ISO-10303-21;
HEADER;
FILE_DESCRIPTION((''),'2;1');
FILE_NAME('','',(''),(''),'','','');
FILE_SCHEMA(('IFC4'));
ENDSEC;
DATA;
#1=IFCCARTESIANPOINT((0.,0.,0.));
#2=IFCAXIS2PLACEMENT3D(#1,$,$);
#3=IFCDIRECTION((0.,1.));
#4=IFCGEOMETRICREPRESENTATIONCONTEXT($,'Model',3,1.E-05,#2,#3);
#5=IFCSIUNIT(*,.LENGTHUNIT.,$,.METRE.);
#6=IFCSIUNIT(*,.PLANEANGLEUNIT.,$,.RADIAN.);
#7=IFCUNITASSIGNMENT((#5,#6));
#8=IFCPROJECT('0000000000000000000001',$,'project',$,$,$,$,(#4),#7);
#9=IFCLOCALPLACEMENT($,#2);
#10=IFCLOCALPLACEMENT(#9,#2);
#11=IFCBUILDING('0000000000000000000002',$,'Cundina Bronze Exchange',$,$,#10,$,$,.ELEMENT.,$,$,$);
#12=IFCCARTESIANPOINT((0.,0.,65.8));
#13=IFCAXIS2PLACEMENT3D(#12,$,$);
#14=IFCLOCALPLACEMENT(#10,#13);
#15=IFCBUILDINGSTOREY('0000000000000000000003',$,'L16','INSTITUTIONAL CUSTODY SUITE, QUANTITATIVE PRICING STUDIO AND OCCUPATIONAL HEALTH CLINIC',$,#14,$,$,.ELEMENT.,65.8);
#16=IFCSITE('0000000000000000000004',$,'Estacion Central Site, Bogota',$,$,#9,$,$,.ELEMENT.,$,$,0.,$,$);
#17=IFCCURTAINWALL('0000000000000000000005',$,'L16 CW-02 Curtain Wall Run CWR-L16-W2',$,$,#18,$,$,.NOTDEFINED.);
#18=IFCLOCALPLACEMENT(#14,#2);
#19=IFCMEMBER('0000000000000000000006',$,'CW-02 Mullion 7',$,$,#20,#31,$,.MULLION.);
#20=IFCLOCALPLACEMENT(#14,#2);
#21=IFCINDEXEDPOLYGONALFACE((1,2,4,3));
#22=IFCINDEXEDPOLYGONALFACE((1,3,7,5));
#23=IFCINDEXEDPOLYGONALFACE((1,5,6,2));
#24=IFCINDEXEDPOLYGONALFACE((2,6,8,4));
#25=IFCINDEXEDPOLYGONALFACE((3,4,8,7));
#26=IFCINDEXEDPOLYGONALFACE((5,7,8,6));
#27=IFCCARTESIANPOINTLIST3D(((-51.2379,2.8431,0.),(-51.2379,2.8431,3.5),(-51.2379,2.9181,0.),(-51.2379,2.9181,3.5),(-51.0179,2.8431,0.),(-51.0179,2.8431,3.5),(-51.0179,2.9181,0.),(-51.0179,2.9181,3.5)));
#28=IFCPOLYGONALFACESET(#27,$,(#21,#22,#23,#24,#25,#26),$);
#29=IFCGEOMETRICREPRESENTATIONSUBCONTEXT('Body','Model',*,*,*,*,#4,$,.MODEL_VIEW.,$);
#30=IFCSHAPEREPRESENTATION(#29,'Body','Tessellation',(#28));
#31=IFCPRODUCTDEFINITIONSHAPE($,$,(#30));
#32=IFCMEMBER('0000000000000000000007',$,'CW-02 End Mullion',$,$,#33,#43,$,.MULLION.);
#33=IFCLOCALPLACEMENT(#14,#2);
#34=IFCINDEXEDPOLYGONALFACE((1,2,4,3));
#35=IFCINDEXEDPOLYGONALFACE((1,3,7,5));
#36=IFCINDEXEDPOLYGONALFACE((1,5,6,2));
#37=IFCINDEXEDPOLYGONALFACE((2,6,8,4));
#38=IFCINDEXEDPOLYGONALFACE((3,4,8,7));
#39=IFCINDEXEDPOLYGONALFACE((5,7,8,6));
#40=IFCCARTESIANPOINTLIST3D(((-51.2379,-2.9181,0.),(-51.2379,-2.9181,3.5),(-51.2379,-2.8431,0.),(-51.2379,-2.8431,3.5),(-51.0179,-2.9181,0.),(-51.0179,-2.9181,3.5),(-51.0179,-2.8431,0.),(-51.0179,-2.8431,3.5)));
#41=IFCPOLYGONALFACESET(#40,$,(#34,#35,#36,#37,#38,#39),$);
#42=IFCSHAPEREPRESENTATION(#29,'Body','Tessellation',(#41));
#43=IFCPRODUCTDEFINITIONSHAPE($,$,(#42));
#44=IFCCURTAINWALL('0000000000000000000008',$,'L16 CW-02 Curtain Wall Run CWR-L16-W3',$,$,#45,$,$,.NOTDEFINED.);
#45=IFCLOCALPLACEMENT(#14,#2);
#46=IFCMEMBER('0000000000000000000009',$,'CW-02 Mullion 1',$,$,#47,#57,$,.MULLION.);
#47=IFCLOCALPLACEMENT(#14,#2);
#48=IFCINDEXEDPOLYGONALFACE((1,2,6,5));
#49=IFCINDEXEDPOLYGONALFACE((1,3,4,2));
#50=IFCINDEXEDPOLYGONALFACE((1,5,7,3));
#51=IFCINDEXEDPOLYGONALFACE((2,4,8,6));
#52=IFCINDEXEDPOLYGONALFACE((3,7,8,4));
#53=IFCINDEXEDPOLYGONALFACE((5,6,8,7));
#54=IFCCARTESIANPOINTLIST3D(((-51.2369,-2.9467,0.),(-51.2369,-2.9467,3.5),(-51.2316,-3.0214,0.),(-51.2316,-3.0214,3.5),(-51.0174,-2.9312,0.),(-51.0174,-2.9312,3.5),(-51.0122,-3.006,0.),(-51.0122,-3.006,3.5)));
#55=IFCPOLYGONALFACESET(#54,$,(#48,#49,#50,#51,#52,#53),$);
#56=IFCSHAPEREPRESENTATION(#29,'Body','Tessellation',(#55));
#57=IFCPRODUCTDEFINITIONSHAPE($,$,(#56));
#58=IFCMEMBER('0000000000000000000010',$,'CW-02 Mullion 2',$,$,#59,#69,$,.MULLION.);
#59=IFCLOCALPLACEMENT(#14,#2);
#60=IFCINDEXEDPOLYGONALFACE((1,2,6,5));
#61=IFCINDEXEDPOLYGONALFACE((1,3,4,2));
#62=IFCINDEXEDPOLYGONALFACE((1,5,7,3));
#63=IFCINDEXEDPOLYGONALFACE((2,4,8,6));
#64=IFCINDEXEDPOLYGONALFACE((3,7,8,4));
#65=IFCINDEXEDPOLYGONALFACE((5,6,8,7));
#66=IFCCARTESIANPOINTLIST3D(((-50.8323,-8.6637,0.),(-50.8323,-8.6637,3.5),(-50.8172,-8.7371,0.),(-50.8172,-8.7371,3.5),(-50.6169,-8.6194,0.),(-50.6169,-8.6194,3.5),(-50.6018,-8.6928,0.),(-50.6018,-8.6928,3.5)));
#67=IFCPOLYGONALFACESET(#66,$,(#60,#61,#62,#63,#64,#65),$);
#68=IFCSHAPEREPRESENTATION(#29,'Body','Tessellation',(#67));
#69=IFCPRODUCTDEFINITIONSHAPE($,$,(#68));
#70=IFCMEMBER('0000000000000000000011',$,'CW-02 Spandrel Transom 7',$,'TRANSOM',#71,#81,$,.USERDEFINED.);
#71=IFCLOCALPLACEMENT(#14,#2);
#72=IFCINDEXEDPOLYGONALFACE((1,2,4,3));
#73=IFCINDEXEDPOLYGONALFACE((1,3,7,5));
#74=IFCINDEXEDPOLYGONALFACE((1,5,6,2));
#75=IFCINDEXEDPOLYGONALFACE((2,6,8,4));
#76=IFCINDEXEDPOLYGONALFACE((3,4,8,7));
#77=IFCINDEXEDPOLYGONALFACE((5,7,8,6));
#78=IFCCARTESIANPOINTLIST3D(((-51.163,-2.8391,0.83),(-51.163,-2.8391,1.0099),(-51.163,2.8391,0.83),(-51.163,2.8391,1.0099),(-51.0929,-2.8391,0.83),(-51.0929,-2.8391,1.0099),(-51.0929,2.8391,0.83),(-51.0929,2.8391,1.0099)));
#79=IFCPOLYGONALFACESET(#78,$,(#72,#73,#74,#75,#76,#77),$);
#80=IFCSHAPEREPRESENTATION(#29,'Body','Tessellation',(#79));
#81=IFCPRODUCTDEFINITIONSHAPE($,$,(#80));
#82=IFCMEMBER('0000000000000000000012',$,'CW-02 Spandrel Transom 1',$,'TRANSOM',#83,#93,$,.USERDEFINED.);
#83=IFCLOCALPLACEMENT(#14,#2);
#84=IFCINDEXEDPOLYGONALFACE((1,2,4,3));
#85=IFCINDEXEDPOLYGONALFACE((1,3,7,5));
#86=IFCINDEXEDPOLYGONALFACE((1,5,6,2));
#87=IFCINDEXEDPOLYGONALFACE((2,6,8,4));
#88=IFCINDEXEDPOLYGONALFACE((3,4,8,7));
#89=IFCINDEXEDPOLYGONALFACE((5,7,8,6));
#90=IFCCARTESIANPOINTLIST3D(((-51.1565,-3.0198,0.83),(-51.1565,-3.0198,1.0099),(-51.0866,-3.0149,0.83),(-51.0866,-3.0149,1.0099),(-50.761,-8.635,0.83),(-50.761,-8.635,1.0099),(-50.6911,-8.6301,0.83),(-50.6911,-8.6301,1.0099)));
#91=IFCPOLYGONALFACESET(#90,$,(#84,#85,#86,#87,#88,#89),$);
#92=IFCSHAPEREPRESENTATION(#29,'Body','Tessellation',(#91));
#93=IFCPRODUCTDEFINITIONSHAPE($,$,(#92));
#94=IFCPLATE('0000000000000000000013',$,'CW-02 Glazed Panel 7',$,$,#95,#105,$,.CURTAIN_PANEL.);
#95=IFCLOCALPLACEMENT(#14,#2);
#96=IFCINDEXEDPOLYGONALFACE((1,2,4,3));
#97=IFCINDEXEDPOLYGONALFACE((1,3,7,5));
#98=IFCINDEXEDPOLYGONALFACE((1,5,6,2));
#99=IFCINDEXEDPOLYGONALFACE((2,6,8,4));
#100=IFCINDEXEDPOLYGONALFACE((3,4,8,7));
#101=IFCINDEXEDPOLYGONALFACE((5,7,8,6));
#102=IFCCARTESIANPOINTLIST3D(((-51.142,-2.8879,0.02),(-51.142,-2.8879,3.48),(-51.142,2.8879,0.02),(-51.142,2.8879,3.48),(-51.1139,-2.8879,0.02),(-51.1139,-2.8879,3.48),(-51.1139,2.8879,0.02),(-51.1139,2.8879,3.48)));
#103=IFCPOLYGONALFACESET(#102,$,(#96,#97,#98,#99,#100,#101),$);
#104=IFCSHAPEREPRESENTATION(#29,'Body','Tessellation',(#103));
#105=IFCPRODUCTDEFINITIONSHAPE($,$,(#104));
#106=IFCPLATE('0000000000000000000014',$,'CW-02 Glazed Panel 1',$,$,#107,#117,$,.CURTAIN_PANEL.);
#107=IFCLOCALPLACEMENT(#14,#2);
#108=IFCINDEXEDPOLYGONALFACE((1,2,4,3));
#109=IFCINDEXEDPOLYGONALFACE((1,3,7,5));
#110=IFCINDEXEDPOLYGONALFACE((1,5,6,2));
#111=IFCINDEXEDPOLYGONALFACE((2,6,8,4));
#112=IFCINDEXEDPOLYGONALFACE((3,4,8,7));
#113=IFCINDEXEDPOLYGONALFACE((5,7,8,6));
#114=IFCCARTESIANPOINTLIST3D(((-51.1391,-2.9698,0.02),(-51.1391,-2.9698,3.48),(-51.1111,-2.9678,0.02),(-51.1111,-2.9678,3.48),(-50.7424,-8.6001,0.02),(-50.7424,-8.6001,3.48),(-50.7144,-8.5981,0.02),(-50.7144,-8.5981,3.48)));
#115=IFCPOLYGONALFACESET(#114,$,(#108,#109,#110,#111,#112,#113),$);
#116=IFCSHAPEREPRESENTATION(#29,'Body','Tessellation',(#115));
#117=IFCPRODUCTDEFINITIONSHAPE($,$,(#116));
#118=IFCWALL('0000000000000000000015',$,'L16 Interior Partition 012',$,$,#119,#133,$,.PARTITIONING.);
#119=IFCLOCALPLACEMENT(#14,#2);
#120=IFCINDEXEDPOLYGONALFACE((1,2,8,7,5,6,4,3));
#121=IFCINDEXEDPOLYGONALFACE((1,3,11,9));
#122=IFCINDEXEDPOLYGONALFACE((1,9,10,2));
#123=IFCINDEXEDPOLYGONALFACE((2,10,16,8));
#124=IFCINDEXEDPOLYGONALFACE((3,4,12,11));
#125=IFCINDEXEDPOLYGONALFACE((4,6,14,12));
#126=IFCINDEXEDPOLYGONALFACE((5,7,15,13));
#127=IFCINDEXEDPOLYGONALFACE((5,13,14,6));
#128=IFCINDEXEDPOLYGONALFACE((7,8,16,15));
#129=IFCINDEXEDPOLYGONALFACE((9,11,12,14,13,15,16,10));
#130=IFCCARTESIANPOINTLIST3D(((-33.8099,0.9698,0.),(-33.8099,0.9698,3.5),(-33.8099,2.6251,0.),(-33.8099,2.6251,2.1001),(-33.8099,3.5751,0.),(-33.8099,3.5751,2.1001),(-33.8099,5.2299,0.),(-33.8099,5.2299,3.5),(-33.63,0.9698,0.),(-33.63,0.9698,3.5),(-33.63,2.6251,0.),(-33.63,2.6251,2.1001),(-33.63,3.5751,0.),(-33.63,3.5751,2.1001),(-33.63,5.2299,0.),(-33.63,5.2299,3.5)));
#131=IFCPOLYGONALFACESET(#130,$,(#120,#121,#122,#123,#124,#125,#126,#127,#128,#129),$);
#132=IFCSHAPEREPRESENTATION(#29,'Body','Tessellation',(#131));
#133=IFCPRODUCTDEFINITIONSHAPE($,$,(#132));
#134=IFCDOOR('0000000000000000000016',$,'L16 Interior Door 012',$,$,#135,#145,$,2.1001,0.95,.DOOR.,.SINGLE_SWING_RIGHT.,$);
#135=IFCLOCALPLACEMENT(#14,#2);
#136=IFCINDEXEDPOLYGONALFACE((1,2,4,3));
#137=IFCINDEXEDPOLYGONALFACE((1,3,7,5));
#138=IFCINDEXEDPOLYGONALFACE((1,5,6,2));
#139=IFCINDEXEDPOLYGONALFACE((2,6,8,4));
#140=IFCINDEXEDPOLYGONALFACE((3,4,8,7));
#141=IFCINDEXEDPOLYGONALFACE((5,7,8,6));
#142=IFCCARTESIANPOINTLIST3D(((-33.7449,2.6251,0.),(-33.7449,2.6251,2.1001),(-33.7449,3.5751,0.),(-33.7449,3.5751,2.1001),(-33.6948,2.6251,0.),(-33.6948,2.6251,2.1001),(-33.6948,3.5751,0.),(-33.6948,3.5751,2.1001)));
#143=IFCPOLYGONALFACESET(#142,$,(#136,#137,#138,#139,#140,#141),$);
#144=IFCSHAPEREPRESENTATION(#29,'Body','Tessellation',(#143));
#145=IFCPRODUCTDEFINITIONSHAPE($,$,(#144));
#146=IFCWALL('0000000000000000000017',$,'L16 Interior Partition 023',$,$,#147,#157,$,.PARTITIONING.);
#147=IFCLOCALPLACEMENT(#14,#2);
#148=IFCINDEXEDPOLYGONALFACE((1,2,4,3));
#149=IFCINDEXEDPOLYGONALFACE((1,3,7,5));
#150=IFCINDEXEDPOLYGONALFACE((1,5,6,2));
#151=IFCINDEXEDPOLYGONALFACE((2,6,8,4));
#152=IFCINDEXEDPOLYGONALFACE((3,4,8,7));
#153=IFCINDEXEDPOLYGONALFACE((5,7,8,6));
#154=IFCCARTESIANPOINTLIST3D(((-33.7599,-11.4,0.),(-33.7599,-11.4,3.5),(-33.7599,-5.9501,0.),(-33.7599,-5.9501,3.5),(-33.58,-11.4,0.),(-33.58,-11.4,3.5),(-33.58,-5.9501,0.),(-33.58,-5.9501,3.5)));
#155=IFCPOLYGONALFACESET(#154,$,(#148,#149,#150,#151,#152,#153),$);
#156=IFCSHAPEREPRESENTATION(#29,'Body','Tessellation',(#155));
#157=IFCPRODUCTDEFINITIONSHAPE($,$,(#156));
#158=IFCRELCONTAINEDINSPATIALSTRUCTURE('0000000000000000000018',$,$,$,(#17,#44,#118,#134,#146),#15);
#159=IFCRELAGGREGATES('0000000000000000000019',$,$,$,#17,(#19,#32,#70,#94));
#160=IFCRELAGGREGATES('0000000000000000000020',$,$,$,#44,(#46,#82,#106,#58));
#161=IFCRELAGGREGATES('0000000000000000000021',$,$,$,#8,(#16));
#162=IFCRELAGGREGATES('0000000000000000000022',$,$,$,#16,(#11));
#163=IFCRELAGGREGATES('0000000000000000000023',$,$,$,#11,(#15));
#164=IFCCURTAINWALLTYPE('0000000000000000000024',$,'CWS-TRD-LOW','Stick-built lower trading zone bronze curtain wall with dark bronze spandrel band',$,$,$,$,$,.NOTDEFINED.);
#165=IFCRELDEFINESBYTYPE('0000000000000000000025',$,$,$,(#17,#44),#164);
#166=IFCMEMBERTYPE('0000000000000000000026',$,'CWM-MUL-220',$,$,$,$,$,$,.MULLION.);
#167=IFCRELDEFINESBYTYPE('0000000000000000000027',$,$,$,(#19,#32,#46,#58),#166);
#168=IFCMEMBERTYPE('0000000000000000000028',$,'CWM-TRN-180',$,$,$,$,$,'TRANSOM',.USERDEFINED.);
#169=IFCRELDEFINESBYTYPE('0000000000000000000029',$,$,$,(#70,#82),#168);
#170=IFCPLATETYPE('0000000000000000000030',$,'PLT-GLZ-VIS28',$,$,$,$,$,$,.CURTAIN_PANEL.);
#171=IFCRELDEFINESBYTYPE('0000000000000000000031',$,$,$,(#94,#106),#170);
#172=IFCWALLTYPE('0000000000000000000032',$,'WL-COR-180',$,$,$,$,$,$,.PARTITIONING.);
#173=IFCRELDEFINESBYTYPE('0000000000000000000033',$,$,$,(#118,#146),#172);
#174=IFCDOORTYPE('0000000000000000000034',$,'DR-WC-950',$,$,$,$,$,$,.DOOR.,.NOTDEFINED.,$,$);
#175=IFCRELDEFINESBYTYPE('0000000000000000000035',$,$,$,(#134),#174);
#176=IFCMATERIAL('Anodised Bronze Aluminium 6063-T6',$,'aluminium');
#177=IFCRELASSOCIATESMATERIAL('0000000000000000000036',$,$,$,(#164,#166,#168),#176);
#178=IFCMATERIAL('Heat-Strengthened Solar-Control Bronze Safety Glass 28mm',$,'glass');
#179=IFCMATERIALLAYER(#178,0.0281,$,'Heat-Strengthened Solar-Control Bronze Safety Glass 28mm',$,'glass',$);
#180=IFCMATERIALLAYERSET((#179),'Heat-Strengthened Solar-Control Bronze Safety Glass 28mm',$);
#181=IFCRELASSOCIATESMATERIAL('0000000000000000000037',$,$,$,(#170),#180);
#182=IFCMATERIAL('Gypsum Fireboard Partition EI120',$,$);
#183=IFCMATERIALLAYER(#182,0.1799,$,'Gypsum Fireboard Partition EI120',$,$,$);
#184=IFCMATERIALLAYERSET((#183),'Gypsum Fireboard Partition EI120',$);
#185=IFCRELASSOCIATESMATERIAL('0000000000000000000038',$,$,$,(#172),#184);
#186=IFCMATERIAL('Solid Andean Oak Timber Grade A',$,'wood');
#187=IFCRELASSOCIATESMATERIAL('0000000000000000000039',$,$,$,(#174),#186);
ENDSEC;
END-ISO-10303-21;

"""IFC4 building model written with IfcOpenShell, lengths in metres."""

from ifc_helpers import new_model, si_unit, direction, frame, frame_2d, origin, origin_2d, place, context, subcontext, project, spatial, rectangle, extrude, material, layer, layer_set, material_profile, profile_set, type_object, element, fill, aggregate, save


model = new_model("IFC4")

# Units and contexts
model_context = context("Model", 3, precision=1e-05, world=origin(), true_north=direction((0.0, 1.0)))
body_context = subcontext(model_context, "Body", "Model", "MODEL_VIEW")
ifc_project = project(units=[si_unit("LENGTHUNIT", "METRE"), si_unit("PLANEANGLEUNIT", "RADIAN")], contexts=[model_context])

# Site, building, storey
site_placement = place(None, origin())
site = spatial("IfcSite", under=ifc_project, at=site_placement, Name="Estacion Central Site, Bogota", CompositionType="ELEMENT", RefElevation=0.0)
building_placement = place(site_placement, origin())
building = spatial("IfcBuilding", under=site, at=building_placement, Name="Cundina Bronze Exchange", CompositionType="ELEMENT")
storey_placement = place(building_placement, frame((0.0, 0.0, 65.8)))
storey = spatial("IfcBuildingStorey", under=building, at=storey_placement, Name="L16", Description="INSTITUTIONAL CUSTODY SUITE, QUANTITATIVE PRICING STUDIO AND OCCUPATIONAL HEALTH CLINIC", CompositionType="ELEMENT", Elevation=65.8)

# Curtain walls, members
ifc_material_1 = material(Name="Anodised Bronze Aluminium 6063-T6", Category="aluminium")
curtain_wall_type = type_object("IfcCurtainWallType", Name="CWS-TRD-LOW", Description="Stick-built lower trading zone bronze curtain wall with dark bronze spandrel band", PredefinedType="NOTDEFINED", material=ifc_material_1)
curtain_wall_1_placement = place(storey_placement, origin())
curtain_wall_1 = element("IfcCurtainWall", 1, at=curtain_wall_1_placement, inside=storey, type_object=curtain_wall_type, Name="L16 CW-02 Curtain Wall Run CWR-L16-W2", PredefinedType="NOTDEFINED")
ifc_material_profile_1 = material_profile(ifc_material_1, rectangle(XDim=0.075, YDim=0.22, at=origin_2d()), Name="AL75X220", Category="aluminium")
ifc_profile_set_1 = profile_set([ifc_material_profile_1], Name="Anodised Bronze Aluminium 6063-T6")
member_type_1 = type_object("IfcMemberType", Name="CWM-MUL-220", PredefinedType="MULLION", material=ifc_profile_set_1)
member_1_placement = place(storey_placement, frame((-51.1279, 2.8806, 0.0), z_axis=(0.0, 0.0, 1.0), x_axis=(0.0, -1.0, 0.0)))
member_1 = element("IfcMember", 2, at=member_1_placement, type_object=member_type_1, Name="CW-02 Mullion 7", PredefinedType="MULLION", context=body_context, shape_type="SweptSolid", body=[
    extrude(rectangle(XDim=0.075, YDim=0.22, at=origin_2d()), origin(), (0.0, 0.0, 1.0), 3.5),
])
member_2_placement = place(storey_placement, frame((-51.1279, -2.8806, 0.0), z_axis=(0.0, 0.0, 1.0), x_axis=(0.0, -1.0, 0.0)))
member_2 = element("IfcMember", 3, at=member_2_placement, type_object=member_type_1, Name="CW-02 End Mullion", PredefinedType="MULLION", context=body_context, shape_type="SweptSolid", body=[
    extrude(rectangle(XDim=0.075, YDim=0.22, at=origin_2d()), origin(), (0.0, 0.0, 1.0), 3.5),
])
curtain_wall_2_placement = place(storey_placement, origin())
curtain_wall_2 = element("IfcCurtainWall", 4, at=curtain_wall_2_placement, inside=storey, type_object=curtain_wall_type, Name="L16 CW-02 Curtain Wall Run CWR-L16-W3", PredefinedType="NOTDEFINED")
member_3_placement = place(storey_placement, frame((-51.1245, -2.9763, 0.0), z_axis=(0.0, 0.0, 1.0), x_axis=(0.070279, -0.997527, 0.0)))
member_3 = element("IfcMember", 5, at=member_3_placement, type_object=member_type_1, Name="CW-02 Mullion 1", PredefinedType="MULLION", context=body_context, shape_type="SweptSolid", body=[
    extrude(rectangle(XDim=0.075, YDim=0.22, at=origin_2d()), origin(), (0.0, 0.0, 1.0), 3.5),
])
member_4_placement = place(storey_placement, frame((-50.717, -8.6782, 0.0), z_axis=(0.0, 0.0, 1.0), x_axis=(0.20142, -0.979505, 0.0)))
member_4 = element("IfcMember", 6, at=member_4_placement, type_object=member_type_1, Name="CW-02 Mullion 2", PredefinedType="MULLION", context=body_context, shape_type="SweptSolid", body=[
    extrude(rectangle(XDim=0.075, YDim=0.22, at=origin_2d()), origin(), (0.0, 0.0, 1.0), 3.5),
])

# Members
ifc_material_profile_2 = material_profile(ifc_material_1, rectangle(XDim=0.0701, YDim=0.1799, at=origin_2d()), Name="AL70X180", Category="aluminium")
ifc_profile_set_2 = profile_set([ifc_material_profile_2], Name="Anodised Bronze Aluminium 6063-T6")
member_type_2 = type_object("IfcMemberType", Name="CWM-TRN-180", ElementType="TRANSOM", PredefinedType="USERDEFINED", material=ifc_profile_set_2)
member_5_placement = place(storey_placement, frame((-51.1279, 2.8391, 0.9199), z_axis=(0.0, -1.0, 0.0), x_axis=(1.0, 0.0, 0.0)))
member_5 = element("IfcMember", 7, at=member_5_placement, type_object=member_type_2, Name="CW-02 Spandrel Transom 7", ObjectType="TRANSOM", PredefinedType="USERDEFINED", context=body_context, shape_type="SweptSolid", body=[
    extrude(rectangle(XDim=0.0701, YDim=0.1799, at=origin_2d()), origin(), (0.0, 0.0, 1.0), 5.6782),
])
member_6_placement = place(storey_placement, frame((-51.1216, -3.0173, 0.9199), z_axis=(0.070261, -0.997529, 0.0), x_axis=(0.997529, 0.070261, 0.0)))
member_6 = element("IfcMember", 8, at=member_6_placement, type_object=member_type_2, Name="CW-02 Spandrel Transom 1", ObjectType="TRANSOM", PredefinedType="USERDEFINED", context=body_context, shape_type="SweptSolid", body=[
    extrude(rectangle(XDim=0.0701, YDim=0.1799, at=origin_2d()), origin(), (0.0, 0.0, 1.0), 5.6292),
])

# Plates
ifc_material_2 = material(Name="Heat-Strengthened Solar-Control Bronze Safety Glass 28mm", Category="glass")
ifc_layer_1 = layer(ifc_material_2, 0.0281, Name="Heat-Strengthened Solar-Control Bronze Safety Glass 28mm", Category="glass")
ifc_layer_set_1 = layer_set([ifc_layer_1], Name="Heat-Strengthened Solar-Control Bronze Safety Glass 28mm")
plate_type = type_object("IfcPlateType", Name="PLT-GLZ-VIS28", PredefinedType="CURTAIN_PANEL", material=ifc_layer_set_1)
plate_1_placement = place(storey_placement, frame((-51.1279, 0.0, 0.02), z_axis=(0.0, 0.0, 1.0), x_axis=(0.0, -1.0, 0.0)))
plate_1 = element("IfcPlate", 9, at=plate_1_placement, type_object=plate_type, Name="CW-02 Glazed Panel 7", PredefinedType="CURTAIN_PANEL", context=body_context, shape_type="SweptSolid", body=[
    extrude(rectangle(XDim=5.7759, YDim=0.0281, at=origin_2d()), origin(), (0.0, 0.0, 1.0), 3.46),
])
aggregate(curtain_wall_1, [member_1, member_2, member_5, plate_1])
plate_2_placement = place(storey_placement, frame((-50.9268, -5.7839, 0.02), z_axis=(0.0, 0.0, 1.0), x_axis=(0.070279, -0.997527, 0.0)))
plate_2 = element("IfcPlate", 10, at=plate_2_placement, type_object=plate_type, Name="CW-02 Glazed Panel 1", PredefinedType="CURTAIN_PANEL", context=body_context, shape_type="SweptSolid", body=[
    extrude(rectangle(XDim=5.6443, YDim=0.0281, at=origin_2d()), origin(), (0.0, 0.0, 1.0), 3.46),
])
aggregate(curtain_wall_2, [member_3, member_6, plate_2, member_4])

# Wall, opening, door
ifc_material_3 = material(Name="Gypsum Fireboard Partition EI120")
ifc_layer_2 = layer(ifc_material_3, 0.1799, Name="Gypsum Fireboard Partition EI120")
ifc_layer_set_2 = layer_set([ifc_layer_2], Name="Gypsum Fireboard Partition EI120")
wall_type_1 = type_object("IfcWallType", Name="WL-COR-180", PredefinedType="PARTITIONING", material=ifc_layer_set_2)
wall_1_placement = place(storey_placement, frame((-33.72, 0.97, 0.0), z_axis=(0.0, 0.0, 1.0), x_axis=(0.0, 1.0, 0.0)))
wall_1 = element("IfcWall", 11, at=wall_1_placement, inside=storey, type_object=wall_type_1, Name="L16 Interior Partition 012", PredefinedType="PARTITIONING", context=body_context, shape_type="SweptSolid", body=[
    extrude(rectangle(XDim=4.26, YDim=0.1799, at=frame_2d((2.1299, 0.0))), origin(), (0.0, 0.0, 1.0), 3.5),
])
opening_1_placement = place(wall_1_placement, frame((1.655, 0.0, 0.0)))
opening_1 = element("IfcOpeningElement", 12, at=opening_1_placement, cuts=wall_1, PredefinedType="OPENING", context=body_context, shape_type="SweptSolid", body=[
    extrude(rectangle(XDim=0.95, YDim=2.1001, at=frame_2d((0.4751, 1.05))), frame((0.0, 0.0999, 0.0), z_axis=(0.0, -1.0, 0.0), x_axis=(1.0, 0.0, 0.0)), (0.0, 0.0, 1.0), 0.2),
])
ifc_material_4 = material(Name="Solid Andean Oak Timber Grade A", Category="wood")
door_type_1 = type_object("IfcDoorType", Name="DR-WC-950", OperationType="NOTDEFINED", PredefinedType="DOOR", material=ifc_material_4)
door_1_placement = place(opening_1_placement, origin())
door_1 = element("IfcDoor", 13, at=door_1_placement, inside=storey, type_object=door_type_1, Name="L16 Interior Door 012", OperationType="SINGLE_SWING_RIGHT", OverallHeight=2.1001, OverallWidth=0.95, PredefinedType="DOOR", context=body_context, shape_type="SweptSolid", body=[
    extrude(rectangle(XDim=0.95, YDim=2.1001, at=frame_2d((0.4751, 1.05))), frame((0.0, 0.0249, 0.0), z_axis=(0.0, -1.0, 0.0), x_axis=(1.0, 0.0, 0.0)), (0.0, 0.0, 1.0), 0.05),
])
fill(opening_1, door_1)

# Wall
wall_2_placement = place(storey_placement, frame((-33.6699, -5.95, 0.0), z_axis=(0.0, 0.0, 1.0), x_axis=(0.0, -1.0, 0.0)))
element("IfcWall", 14, at=wall_2_placement, inside=storey, type_object=wall_type_1, Name="L16 Interior Partition 023", PredefinedType="PARTITIONING", context=body_context, shape_type="SweptSolid", body=[
    extrude(rectangle(XDim=5.45, YDim=0.1799, at=frame_2d((2.7251, 0.0))), origin(), (0.0, 0.0, 1.0), 3.5),
])

save(model, "model.ifc")
